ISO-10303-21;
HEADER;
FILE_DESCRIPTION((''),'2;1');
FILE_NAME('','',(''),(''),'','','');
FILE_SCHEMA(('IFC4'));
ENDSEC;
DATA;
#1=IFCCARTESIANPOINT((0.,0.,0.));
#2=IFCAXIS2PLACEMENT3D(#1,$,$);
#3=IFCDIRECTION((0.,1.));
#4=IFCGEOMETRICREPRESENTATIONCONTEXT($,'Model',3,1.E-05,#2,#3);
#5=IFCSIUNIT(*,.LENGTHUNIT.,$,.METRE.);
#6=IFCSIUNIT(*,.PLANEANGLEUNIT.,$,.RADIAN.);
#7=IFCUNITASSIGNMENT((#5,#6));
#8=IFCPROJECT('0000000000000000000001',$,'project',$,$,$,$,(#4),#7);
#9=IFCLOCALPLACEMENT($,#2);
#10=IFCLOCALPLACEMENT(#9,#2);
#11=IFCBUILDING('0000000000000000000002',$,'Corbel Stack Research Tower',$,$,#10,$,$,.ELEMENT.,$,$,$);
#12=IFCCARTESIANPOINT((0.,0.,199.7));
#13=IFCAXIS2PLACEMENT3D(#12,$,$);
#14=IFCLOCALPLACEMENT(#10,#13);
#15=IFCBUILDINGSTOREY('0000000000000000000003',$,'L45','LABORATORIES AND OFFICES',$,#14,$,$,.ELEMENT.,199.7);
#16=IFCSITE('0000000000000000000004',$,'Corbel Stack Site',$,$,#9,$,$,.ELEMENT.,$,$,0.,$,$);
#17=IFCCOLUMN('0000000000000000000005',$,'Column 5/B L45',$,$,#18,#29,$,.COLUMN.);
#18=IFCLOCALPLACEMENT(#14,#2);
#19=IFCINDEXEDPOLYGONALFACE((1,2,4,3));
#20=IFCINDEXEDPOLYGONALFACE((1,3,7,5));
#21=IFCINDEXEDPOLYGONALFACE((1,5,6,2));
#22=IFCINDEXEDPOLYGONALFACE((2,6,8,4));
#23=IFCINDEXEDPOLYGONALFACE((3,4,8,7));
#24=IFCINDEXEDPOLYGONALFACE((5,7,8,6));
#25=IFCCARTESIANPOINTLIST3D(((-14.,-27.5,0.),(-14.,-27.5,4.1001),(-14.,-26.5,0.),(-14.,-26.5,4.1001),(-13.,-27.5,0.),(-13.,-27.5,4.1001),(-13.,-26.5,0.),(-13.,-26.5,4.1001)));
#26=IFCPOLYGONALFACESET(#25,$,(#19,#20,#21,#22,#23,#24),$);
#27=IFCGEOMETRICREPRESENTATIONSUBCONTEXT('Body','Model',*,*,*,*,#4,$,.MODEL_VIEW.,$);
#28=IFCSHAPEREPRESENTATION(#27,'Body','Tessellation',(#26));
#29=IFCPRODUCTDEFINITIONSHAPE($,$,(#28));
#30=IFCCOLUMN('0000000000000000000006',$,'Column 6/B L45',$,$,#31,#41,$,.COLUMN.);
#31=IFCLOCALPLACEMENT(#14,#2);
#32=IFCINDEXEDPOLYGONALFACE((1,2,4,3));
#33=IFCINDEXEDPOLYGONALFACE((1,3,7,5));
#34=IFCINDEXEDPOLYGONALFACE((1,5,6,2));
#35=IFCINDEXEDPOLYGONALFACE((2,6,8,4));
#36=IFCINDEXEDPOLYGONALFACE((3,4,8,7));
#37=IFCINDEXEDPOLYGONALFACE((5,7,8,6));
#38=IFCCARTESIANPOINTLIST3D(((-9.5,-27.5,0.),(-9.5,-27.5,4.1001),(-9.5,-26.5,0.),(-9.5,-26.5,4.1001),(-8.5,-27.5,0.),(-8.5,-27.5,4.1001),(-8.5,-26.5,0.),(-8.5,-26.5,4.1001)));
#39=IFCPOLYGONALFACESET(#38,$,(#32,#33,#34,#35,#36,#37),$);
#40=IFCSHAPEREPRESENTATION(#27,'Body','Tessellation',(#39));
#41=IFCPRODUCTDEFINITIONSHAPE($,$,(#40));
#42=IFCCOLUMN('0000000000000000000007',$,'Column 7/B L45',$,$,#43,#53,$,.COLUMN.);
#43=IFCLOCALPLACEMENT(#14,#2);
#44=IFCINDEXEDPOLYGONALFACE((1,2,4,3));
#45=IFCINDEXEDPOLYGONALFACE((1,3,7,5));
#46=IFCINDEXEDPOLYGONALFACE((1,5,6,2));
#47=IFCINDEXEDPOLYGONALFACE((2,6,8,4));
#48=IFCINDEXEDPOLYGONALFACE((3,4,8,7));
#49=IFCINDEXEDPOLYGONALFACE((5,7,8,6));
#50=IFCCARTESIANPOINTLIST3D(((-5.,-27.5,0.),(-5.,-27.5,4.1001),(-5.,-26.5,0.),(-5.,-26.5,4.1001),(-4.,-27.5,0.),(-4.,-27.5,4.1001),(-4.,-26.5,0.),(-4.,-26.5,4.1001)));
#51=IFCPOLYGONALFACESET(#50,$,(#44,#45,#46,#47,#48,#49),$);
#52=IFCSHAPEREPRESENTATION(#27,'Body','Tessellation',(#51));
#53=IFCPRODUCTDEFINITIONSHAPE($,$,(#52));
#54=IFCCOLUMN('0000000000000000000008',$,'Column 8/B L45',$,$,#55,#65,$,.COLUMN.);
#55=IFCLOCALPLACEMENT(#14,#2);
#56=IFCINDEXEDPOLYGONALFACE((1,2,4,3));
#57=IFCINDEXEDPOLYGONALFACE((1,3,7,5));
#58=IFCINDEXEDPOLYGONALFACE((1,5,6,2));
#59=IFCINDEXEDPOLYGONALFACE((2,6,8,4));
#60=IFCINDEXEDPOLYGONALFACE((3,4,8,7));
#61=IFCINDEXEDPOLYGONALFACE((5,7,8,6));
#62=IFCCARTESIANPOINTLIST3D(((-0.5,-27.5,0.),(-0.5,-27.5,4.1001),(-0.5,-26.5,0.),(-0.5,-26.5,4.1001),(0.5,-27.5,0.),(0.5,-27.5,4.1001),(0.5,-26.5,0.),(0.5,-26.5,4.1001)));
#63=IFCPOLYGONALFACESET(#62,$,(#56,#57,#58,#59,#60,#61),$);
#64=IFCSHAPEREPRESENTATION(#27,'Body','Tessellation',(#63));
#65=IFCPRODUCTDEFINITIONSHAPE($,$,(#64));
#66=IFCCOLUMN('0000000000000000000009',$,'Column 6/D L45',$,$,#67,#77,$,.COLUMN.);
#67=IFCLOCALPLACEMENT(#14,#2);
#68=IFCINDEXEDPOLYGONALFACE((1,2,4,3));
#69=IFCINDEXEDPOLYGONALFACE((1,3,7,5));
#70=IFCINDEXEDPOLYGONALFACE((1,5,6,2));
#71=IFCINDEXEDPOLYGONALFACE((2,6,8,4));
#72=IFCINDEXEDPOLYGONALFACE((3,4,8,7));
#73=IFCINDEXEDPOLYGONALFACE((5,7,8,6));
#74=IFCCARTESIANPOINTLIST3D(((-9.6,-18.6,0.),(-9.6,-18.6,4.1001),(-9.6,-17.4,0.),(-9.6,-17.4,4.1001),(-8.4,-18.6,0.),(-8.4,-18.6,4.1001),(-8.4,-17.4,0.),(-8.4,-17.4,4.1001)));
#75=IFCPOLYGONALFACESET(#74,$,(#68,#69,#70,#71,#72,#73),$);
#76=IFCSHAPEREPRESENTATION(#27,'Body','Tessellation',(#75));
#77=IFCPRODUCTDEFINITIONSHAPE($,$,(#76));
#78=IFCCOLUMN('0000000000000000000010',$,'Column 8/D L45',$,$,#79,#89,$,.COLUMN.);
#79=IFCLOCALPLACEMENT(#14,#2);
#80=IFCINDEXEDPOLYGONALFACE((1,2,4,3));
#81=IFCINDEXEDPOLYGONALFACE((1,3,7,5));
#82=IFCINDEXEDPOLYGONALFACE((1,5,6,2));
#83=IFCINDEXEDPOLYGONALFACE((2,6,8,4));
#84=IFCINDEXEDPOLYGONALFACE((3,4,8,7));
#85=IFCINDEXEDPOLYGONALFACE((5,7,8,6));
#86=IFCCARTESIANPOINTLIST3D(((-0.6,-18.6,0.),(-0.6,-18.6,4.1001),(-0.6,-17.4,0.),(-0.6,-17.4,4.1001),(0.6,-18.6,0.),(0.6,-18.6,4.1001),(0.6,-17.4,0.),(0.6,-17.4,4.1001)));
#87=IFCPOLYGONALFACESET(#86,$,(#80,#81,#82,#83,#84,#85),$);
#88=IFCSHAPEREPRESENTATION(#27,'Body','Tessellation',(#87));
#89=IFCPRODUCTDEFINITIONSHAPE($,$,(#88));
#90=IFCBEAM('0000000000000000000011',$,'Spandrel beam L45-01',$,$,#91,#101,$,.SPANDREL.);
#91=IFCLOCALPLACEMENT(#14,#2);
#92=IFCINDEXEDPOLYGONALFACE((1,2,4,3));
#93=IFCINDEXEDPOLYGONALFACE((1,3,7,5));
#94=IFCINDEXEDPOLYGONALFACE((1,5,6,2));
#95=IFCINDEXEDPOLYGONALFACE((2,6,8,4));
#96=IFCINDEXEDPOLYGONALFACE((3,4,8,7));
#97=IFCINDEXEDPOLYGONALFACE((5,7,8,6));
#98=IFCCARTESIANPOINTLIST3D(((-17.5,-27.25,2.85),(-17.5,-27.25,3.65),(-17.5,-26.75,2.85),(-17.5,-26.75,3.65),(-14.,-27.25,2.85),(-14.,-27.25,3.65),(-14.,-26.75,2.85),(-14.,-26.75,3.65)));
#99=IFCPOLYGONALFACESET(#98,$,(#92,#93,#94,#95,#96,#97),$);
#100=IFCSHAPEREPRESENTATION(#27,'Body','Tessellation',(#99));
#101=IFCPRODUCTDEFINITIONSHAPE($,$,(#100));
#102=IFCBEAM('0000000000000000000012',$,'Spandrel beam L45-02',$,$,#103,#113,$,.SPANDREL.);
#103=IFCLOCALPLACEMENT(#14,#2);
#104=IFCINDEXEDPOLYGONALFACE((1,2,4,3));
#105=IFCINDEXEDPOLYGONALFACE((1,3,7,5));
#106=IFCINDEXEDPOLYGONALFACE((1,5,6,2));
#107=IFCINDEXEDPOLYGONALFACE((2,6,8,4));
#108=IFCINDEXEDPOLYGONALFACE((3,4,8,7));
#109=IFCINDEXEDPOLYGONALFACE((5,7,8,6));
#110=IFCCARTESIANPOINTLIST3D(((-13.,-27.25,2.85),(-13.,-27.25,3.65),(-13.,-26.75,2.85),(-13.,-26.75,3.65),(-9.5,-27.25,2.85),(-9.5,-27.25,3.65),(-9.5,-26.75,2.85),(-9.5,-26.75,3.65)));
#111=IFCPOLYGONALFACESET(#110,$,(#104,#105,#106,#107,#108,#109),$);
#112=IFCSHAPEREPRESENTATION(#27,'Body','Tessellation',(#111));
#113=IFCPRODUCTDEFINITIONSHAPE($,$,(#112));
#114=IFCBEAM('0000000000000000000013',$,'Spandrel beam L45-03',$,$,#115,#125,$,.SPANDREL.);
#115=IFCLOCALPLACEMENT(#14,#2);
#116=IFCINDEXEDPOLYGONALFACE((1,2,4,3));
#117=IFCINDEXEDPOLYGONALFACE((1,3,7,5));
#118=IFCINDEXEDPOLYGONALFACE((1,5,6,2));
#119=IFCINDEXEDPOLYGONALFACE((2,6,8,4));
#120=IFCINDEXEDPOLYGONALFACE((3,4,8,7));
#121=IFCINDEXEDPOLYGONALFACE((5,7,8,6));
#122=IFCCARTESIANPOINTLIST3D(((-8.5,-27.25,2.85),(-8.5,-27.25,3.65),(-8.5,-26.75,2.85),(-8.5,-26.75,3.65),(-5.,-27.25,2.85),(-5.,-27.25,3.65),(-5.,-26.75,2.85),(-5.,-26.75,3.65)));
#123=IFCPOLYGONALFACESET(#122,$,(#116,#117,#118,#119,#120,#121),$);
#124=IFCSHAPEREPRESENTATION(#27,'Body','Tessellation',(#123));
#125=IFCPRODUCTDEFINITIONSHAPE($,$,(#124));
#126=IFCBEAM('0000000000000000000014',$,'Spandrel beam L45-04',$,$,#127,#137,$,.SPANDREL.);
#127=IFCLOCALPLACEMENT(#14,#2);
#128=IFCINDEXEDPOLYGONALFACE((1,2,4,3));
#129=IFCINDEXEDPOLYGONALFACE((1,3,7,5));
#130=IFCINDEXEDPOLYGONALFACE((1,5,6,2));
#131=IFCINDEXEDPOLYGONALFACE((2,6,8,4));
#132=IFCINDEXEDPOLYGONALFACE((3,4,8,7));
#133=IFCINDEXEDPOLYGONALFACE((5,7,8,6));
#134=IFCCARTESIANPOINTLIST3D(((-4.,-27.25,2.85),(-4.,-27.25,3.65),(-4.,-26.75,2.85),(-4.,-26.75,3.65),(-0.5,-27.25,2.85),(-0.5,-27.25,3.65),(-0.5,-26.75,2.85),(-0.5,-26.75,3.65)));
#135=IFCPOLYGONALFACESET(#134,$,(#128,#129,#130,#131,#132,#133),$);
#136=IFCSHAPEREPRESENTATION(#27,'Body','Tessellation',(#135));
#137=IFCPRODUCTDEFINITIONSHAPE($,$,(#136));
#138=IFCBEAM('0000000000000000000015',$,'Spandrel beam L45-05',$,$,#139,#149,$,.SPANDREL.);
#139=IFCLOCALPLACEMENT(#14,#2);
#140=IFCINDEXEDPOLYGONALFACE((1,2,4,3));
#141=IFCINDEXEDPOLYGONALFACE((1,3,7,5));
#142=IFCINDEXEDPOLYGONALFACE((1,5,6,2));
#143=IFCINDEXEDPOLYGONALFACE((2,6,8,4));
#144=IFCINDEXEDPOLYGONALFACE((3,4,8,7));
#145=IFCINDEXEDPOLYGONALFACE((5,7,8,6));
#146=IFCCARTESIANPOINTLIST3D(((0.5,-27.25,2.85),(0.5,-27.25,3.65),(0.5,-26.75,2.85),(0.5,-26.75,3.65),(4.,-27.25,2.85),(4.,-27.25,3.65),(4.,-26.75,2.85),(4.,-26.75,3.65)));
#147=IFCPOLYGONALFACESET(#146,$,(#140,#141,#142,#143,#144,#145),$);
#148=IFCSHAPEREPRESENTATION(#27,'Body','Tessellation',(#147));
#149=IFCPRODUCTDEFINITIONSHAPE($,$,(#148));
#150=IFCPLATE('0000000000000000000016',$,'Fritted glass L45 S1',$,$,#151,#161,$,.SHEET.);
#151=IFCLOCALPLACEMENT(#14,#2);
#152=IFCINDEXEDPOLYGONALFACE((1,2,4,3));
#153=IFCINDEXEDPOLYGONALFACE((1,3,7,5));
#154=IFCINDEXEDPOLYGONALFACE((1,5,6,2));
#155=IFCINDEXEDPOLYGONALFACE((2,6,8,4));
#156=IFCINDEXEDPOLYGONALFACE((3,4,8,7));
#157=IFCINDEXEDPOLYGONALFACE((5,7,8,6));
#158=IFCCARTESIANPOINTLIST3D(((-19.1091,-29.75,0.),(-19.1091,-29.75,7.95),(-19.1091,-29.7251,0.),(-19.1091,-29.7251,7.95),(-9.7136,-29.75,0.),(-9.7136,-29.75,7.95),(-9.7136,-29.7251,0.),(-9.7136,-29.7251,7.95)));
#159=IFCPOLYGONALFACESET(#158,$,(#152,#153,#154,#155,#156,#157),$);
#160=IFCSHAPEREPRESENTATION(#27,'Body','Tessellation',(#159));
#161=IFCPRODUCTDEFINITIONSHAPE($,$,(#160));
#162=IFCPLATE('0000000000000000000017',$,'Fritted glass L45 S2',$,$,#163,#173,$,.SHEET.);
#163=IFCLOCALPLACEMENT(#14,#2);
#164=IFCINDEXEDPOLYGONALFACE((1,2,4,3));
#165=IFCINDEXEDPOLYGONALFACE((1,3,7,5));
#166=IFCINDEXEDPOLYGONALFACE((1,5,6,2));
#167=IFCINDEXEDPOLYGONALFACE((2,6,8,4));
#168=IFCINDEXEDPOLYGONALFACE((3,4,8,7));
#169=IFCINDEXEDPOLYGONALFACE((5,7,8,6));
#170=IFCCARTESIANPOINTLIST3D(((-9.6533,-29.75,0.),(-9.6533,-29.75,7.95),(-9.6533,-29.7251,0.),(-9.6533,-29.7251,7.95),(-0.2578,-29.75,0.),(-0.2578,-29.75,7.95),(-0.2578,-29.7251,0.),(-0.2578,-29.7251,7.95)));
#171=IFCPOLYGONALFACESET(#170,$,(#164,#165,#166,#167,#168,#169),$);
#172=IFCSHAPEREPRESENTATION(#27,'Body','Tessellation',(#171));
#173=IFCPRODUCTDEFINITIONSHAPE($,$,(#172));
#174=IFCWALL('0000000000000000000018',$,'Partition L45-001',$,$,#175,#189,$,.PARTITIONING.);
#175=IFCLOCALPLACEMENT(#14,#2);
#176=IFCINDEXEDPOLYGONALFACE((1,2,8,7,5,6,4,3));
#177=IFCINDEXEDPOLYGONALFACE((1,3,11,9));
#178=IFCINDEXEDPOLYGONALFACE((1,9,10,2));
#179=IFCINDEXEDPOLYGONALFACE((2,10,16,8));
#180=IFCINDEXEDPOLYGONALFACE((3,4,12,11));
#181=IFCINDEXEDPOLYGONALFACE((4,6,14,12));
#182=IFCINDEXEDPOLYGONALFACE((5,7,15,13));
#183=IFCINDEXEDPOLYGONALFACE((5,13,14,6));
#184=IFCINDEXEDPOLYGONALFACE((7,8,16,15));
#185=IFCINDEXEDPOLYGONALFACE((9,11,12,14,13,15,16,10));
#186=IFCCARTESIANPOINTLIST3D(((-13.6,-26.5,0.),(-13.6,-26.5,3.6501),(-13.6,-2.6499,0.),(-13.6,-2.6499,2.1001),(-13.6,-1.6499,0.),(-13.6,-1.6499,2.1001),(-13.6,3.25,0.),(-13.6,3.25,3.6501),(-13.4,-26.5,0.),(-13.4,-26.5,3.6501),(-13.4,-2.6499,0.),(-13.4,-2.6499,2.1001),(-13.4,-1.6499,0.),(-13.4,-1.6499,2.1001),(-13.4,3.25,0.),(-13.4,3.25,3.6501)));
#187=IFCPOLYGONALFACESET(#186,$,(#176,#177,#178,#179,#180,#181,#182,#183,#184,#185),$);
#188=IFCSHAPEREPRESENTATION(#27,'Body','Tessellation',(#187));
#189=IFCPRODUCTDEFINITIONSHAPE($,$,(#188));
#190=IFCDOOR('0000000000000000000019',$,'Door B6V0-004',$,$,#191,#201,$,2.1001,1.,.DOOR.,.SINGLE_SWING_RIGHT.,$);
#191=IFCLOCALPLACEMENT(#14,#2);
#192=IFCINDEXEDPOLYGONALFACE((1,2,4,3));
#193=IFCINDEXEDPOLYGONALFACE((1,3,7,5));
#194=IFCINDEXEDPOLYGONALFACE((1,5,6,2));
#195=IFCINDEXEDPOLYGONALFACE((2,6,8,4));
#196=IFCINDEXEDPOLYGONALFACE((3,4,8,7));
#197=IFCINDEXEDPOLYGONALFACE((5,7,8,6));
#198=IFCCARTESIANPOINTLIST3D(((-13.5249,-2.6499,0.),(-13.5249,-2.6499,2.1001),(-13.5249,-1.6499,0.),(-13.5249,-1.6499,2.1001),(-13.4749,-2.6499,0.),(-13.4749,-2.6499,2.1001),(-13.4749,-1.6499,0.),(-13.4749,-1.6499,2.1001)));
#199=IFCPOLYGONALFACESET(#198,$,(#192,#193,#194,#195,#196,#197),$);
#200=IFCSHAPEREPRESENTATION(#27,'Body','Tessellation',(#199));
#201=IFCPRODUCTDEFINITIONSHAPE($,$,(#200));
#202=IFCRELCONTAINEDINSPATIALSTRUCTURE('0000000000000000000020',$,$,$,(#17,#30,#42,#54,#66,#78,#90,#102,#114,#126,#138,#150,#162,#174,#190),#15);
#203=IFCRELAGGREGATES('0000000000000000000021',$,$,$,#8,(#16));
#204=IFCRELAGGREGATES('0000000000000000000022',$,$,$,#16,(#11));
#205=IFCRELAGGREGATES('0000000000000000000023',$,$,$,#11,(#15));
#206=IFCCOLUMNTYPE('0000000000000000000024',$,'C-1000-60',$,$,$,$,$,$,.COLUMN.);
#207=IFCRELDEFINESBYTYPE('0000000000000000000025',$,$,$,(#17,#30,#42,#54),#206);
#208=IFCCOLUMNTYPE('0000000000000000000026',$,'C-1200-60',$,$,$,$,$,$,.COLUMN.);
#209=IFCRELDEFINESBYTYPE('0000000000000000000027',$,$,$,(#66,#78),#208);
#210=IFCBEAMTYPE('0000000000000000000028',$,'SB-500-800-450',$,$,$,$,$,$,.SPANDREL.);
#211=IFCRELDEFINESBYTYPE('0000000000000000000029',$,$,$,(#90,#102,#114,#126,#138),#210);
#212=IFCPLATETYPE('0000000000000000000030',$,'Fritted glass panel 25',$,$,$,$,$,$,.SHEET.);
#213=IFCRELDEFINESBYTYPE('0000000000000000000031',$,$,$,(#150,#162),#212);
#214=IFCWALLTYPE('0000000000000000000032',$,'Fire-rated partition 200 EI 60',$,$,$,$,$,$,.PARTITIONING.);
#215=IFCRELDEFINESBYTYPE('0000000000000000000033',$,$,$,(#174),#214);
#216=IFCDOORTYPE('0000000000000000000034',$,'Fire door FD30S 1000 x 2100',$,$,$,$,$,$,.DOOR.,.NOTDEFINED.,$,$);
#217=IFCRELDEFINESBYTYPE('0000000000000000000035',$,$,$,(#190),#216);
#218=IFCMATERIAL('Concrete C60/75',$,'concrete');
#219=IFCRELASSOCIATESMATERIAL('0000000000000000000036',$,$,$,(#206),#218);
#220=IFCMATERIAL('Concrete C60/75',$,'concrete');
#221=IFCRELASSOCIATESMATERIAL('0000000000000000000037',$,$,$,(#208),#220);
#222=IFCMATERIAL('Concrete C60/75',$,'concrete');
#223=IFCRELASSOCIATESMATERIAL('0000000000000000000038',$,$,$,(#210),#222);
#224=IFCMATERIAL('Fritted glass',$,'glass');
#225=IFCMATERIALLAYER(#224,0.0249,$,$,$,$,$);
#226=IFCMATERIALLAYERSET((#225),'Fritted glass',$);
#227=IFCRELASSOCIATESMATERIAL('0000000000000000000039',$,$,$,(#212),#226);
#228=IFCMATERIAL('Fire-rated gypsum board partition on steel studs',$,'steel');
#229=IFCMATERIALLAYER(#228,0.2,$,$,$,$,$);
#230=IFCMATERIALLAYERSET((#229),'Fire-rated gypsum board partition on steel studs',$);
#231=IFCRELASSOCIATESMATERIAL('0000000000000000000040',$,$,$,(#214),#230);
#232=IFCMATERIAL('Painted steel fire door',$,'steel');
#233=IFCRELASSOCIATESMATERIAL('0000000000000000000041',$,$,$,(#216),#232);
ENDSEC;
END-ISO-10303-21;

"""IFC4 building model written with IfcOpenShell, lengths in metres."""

from ifc_helpers import new_model, si_unit, direction, frame, frame_2d, origin, origin_2d, place, context, subcontext, project, spatial, rectangle, extrude, material, layer, layer_set, material_profile, profile_set, type_object, element, fill, save


model = new_model("IFC4")

# Units and contexts
model_context = context("Model", 3, precision=1e-05, world=origin(), true_north=direction((0.0, 1.0)))
body_context = subcontext(model_context, "Body", "Model", "MODEL_VIEW")
ifc_project = project(units=[si_unit("LENGTHUNIT", "METRE"), si_unit("PLANEANGLEUNIT", "RADIAN")], contexts=[model_context])

# Site, building, storey
site_placement = place(None, origin())
site = spatial("IfcSite", under=ifc_project, at=site_placement, Name="Corbel Stack Site", CompositionType="ELEMENT", RefElevation=0.0)
building_placement = place(site_placement, origin())
building = spatial("IfcBuilding", under=site, at=building_placement, Name="Corbel Stack Research Tower", CompositionType="ELEMENT")
storey_placement = place(building_placement, frame((0.0, 0.0, 199.7)))
storey = spatial("IfcBuildingStorey", under=building, at=storey_placement, Name="L45", Description="LABORATORIES AND OFFICES", CompositionType="ELEMENT", Elevation=199.7)

# Columns
ifc_material_1 = material(Name="Concrete C60/75", Category="concrete")
ifc_material_profile_1 = material_profile(ifc_material_1, rectangle(XDim=1.0, YDim=1.0, at=origin_2d()), Name="RC 1000 x 1000")
ifc_profile_set_1 = profile_set([ifc_material_profile_1], Name="Concrete C60/75")
column_type_1 = type_object("IfcColumnType", Name="C-1000-60", PredefinedType="COLUMN", material=ifc_profile_set_1)
for number, where, z_axis, x_axis, name in (
    (1, (-13.5, -27.0, 0.0), (0.0, 0.0, 1.0), (1.0, 0.0, 0.0), "Column 5/B L45"),
    (2, (-9.0, -27.0, 0.0), (0.0, 0.0, 1.0), (1.0, 0.0, 0.0), "Column 6/B L45"),
    (3, (-4.5, -27.0, 0.0), (0.0, 0.0, 1.0), (1.0, 0.0, 0.0), "Column 7/B L45"),
    (4, (0.0, -27.0, 0.0), (0.0, 0.0, 1.0), (1.0, 0.0, 0.0), "Column 8/B L45"),
):
    element("IfcColumn", number, at=place(storey_placement, frame(where, z_axis=z_axis, x_axis=x_axis)), inside=storey, type_object=column_type_1, Name=name, PredefinedType="COLUMN", context=body_context, shape_type="SweptSolid", body=[
        extrude(rectangle(XDim=1.0, YDim=1.0, at=origin_2d()), origin(), (0.0, 0.0, 1.0), 4.1001),
    ])
ifc_material_2 = material(Name="Concrete C60/75", Category="concrete")
ifc_material_profile_2 = material_profile(ifc_material_2, rectangle(XDim=1.2, YDim=1.2, at=origin_2d()), Name="RC 1200 x 1200")
ifc_profile_set_2 = profile_set([ifc_material_profile_2], Name="Concrete C60/75")
column_type_2 = type_object("IfcColumnType", Name="C-1200-60", PredefinedType="COLUMN", material=ifc_profile_set_2)
for number, where, z_axis, x_axis, name in (
    (5, (-9.0, -18.0, 0.0), (0.0, 0.0, 1.0), (1.0, 0.0, 0.0), "Column 6/D L45"),
    (6, (0.0, -18.0, 0.0), (0.0, 0.0, 1.0), (1.0, 0.0, 0.0), "Column 8/D L45"),
):
    element("IfcColumn", number, at=place(storey_placement, frame(where, z_axis=z_axis, x_axis=x_axis)), inside=storey, type_object=column_type_2, Name=name, PredefinedType="COLUMN", context=body_context, shape_type="SweptSolid", body=[
        extrude(rectangle(XDim=1.2, YDim=1.2, at=origin_2d()), origin(), (0.0, 0.0, 1.0), 4.1001),
    ])

# Beams
ifc_material_3 = material(Name="Concrete C60/75", Category="concrete")
ifc_material_profile_3 = material_profile(ifc_material_3, rectangle(XDim=0.5, YDim=0.8, at=origin_2d()), Name="RC 500 x 800")
ifc_profile_set_3 = profile_set([ifc_material_profile_3], Name="Concrete C60/75")
beam_type = type_object("IfcBeamType", Name="SB-500-800-450", PredefinedType="SPANDREL", material=ifc_profile_set_3)
for number, where, z_axis, x_axis, name in (
    (7, (-17.5, -27.0, 3.25), (1.0, 0.0, 0.0), (0.0, 1.0, 0.0), "Spandrel beam L45-01"),
    (8, (-13.0, -27.0, 3.25), (1.0, 0.0, 0.0), (0.0, 1.0, 0.0), "Spandrel beam L45-02"),
    (9, (-8.5, -27.0, 3.25), (1.0, 0.0, 0.0), (0.0, 1.0, 0.0), "Spandrel beam L45-03"),
    (10, (-4.0, -27.0, 3.25), (1.0, 0.0, 0.0), (0.0, 1.0, 0.0), "Spandrel beam L45-04"),
    (11, (0.5, -27.0, 3.25), (1.0, 0.0, 0.0), (0.0, 1.0, 0.0), "Spandrel beam L45-05"),
):
    element("IfcBeam", number, at=place(storey_placement, frame(where, z_axis=z_axis, x_axis=x_axis)), inside=storey, type_object=beam_type, Name=name, PredefinedType="SPANDREL", context=body_context, shape_type="SweptSolid", body=[
        extrude(rectangle(XDim=0.5, YDim=0.8, at=origin_2d()), origin(), (0.0, 0.0, 1.0), 3.5),
    ])

# Plates
ifc_material_4 = material(Name="Fritted glass", Category="glass")
ifc_layer_1 = layer(ifc_material_4, 0.0249)
ifc_layer_set_1 = layer_set([ifc_layer_1], Name="Fritted glass")
plate_type = type_object("IfcPlateType", Name="Fritted glass panel 25", PredefinedType="SHEET", material=ifc_layer_set_1)
for number, where, z_axis, x_axis, name in (
    (12, (-14.4114, -29.7375, 0.0), (0.0, 0.0, 1.0), (1.0, 0.0, 0.0), "Fritted glass L45 S1"),
    (13, (-4.9556, -29.7375, 0.0), (0.0, 0.0, 1.0), (1.0, 0.0, 0.0), "Fritted glass L45 S2"),
):
    element("IfcPlate", number, at=place(storey_placement, frame(where, z_axis=z_axis, x_axis=x_axis)), inside=storey, type_object=plate_type, Name=name, PredefinedType="SHEET", context=body_context, shape_type="SweptSolid", body=[
        extrude(rectangle(XDim=9.3955, YDim=0.0249, at=origin_2d()), origin(), (0.0, 0.0, 1.0), 7.95),
    ])

# Wall, opening, door
ifc_material_5 = material(Name="Fire-rated gypsum board partition on steel studs", Category="steel")
ifc_layer_2 = layer(ifc_material_5, 0.2)
ifc_layer_set_2 = layer_set([ifc_layer_2], Name="Fire-rated gypsum board partition on steel studs")
wall_type_1 = type_object("IfcWallType", Name="Fire-rated partition 200 EI 60", PredefinedType="PARTITIONING", material=ifc_layer_set_2)
wall_1_placement = place(storey_placement, frame((-13.5, -26.5, 0.0), z_axis=(0.0, 0.0, 1.0), x_axis=(0.0, 1.0, 0.0)))
wall_1 = element("IfcWall", 14, at=wall_1_placement, inside=storey, type_object=wall_type_1, Name="Partition L45-001", PredefinedType="PARTITIONING", context=body_context, shape_type="SweptSolid", body=[
    extrude(rectangle(XDim=29.75, YDim=0.2, at=frame_2d((14.875, 0.0))), origin(), (0.0, 0.0, 1.0), 3.6501),
])
opening_1_placement = place(wall_1_placement, frame((23.8501, 0.0, 0.0)))
opening_1 = element("IfcOpeningElement", 15, at=opening_1_placement, cuts=wall_1, PredefinedType="OPENING", context=body_context, shape_type="SweptSolid", body=[
    extrude(rectangle(XDim=1.0, YDim=2.1001, at=frame_2d((0.5, 1.05))), frame((0.0, 0.1099, 0.0), z_axis=(0.0, -1.0, 0.0), x_axis=(1.0, 0.0, 0.0)), (0.0, 0.0, 1.0), 0.22),
])
ifc_material_6 = material(Name="Painted steel fire door", Category="steel")
door_type_1 = type_object("IfcDoorType", Name="Fire door FD30S 1000 x 2100", OperationType="NOTDEFINED", PredefinedType="DOOR", material=ifc_material_6)
door_1_placement = place(opening_1_placement, origin())
door_1 = element("IfcDoor", 16, at=door_1_placement, inside=storey, type_object=door_type_1, Name="Door B6V0-004", OperationType="SINGLE_SWING_RIGHT", OverallHeight=2.1001, OverallWidth=1.0, PredefinedType="DOOR", context=body_context, shape_type="SweptSolid", body=[
    extrude(rectangle(XDim=1.0, YDim=2.1001, at=frame_2d((0.5, 1.05))), frame((0.0, 0.0249, 0.0), z_axis=(0.0, -1.0, 0.0), x_axis=(1.0, 0.0, 0.0)), (0.0, 0.0, 1.0), 0.05),
])
fill(opening_1, door_1)

save(model, "model.ifc")
